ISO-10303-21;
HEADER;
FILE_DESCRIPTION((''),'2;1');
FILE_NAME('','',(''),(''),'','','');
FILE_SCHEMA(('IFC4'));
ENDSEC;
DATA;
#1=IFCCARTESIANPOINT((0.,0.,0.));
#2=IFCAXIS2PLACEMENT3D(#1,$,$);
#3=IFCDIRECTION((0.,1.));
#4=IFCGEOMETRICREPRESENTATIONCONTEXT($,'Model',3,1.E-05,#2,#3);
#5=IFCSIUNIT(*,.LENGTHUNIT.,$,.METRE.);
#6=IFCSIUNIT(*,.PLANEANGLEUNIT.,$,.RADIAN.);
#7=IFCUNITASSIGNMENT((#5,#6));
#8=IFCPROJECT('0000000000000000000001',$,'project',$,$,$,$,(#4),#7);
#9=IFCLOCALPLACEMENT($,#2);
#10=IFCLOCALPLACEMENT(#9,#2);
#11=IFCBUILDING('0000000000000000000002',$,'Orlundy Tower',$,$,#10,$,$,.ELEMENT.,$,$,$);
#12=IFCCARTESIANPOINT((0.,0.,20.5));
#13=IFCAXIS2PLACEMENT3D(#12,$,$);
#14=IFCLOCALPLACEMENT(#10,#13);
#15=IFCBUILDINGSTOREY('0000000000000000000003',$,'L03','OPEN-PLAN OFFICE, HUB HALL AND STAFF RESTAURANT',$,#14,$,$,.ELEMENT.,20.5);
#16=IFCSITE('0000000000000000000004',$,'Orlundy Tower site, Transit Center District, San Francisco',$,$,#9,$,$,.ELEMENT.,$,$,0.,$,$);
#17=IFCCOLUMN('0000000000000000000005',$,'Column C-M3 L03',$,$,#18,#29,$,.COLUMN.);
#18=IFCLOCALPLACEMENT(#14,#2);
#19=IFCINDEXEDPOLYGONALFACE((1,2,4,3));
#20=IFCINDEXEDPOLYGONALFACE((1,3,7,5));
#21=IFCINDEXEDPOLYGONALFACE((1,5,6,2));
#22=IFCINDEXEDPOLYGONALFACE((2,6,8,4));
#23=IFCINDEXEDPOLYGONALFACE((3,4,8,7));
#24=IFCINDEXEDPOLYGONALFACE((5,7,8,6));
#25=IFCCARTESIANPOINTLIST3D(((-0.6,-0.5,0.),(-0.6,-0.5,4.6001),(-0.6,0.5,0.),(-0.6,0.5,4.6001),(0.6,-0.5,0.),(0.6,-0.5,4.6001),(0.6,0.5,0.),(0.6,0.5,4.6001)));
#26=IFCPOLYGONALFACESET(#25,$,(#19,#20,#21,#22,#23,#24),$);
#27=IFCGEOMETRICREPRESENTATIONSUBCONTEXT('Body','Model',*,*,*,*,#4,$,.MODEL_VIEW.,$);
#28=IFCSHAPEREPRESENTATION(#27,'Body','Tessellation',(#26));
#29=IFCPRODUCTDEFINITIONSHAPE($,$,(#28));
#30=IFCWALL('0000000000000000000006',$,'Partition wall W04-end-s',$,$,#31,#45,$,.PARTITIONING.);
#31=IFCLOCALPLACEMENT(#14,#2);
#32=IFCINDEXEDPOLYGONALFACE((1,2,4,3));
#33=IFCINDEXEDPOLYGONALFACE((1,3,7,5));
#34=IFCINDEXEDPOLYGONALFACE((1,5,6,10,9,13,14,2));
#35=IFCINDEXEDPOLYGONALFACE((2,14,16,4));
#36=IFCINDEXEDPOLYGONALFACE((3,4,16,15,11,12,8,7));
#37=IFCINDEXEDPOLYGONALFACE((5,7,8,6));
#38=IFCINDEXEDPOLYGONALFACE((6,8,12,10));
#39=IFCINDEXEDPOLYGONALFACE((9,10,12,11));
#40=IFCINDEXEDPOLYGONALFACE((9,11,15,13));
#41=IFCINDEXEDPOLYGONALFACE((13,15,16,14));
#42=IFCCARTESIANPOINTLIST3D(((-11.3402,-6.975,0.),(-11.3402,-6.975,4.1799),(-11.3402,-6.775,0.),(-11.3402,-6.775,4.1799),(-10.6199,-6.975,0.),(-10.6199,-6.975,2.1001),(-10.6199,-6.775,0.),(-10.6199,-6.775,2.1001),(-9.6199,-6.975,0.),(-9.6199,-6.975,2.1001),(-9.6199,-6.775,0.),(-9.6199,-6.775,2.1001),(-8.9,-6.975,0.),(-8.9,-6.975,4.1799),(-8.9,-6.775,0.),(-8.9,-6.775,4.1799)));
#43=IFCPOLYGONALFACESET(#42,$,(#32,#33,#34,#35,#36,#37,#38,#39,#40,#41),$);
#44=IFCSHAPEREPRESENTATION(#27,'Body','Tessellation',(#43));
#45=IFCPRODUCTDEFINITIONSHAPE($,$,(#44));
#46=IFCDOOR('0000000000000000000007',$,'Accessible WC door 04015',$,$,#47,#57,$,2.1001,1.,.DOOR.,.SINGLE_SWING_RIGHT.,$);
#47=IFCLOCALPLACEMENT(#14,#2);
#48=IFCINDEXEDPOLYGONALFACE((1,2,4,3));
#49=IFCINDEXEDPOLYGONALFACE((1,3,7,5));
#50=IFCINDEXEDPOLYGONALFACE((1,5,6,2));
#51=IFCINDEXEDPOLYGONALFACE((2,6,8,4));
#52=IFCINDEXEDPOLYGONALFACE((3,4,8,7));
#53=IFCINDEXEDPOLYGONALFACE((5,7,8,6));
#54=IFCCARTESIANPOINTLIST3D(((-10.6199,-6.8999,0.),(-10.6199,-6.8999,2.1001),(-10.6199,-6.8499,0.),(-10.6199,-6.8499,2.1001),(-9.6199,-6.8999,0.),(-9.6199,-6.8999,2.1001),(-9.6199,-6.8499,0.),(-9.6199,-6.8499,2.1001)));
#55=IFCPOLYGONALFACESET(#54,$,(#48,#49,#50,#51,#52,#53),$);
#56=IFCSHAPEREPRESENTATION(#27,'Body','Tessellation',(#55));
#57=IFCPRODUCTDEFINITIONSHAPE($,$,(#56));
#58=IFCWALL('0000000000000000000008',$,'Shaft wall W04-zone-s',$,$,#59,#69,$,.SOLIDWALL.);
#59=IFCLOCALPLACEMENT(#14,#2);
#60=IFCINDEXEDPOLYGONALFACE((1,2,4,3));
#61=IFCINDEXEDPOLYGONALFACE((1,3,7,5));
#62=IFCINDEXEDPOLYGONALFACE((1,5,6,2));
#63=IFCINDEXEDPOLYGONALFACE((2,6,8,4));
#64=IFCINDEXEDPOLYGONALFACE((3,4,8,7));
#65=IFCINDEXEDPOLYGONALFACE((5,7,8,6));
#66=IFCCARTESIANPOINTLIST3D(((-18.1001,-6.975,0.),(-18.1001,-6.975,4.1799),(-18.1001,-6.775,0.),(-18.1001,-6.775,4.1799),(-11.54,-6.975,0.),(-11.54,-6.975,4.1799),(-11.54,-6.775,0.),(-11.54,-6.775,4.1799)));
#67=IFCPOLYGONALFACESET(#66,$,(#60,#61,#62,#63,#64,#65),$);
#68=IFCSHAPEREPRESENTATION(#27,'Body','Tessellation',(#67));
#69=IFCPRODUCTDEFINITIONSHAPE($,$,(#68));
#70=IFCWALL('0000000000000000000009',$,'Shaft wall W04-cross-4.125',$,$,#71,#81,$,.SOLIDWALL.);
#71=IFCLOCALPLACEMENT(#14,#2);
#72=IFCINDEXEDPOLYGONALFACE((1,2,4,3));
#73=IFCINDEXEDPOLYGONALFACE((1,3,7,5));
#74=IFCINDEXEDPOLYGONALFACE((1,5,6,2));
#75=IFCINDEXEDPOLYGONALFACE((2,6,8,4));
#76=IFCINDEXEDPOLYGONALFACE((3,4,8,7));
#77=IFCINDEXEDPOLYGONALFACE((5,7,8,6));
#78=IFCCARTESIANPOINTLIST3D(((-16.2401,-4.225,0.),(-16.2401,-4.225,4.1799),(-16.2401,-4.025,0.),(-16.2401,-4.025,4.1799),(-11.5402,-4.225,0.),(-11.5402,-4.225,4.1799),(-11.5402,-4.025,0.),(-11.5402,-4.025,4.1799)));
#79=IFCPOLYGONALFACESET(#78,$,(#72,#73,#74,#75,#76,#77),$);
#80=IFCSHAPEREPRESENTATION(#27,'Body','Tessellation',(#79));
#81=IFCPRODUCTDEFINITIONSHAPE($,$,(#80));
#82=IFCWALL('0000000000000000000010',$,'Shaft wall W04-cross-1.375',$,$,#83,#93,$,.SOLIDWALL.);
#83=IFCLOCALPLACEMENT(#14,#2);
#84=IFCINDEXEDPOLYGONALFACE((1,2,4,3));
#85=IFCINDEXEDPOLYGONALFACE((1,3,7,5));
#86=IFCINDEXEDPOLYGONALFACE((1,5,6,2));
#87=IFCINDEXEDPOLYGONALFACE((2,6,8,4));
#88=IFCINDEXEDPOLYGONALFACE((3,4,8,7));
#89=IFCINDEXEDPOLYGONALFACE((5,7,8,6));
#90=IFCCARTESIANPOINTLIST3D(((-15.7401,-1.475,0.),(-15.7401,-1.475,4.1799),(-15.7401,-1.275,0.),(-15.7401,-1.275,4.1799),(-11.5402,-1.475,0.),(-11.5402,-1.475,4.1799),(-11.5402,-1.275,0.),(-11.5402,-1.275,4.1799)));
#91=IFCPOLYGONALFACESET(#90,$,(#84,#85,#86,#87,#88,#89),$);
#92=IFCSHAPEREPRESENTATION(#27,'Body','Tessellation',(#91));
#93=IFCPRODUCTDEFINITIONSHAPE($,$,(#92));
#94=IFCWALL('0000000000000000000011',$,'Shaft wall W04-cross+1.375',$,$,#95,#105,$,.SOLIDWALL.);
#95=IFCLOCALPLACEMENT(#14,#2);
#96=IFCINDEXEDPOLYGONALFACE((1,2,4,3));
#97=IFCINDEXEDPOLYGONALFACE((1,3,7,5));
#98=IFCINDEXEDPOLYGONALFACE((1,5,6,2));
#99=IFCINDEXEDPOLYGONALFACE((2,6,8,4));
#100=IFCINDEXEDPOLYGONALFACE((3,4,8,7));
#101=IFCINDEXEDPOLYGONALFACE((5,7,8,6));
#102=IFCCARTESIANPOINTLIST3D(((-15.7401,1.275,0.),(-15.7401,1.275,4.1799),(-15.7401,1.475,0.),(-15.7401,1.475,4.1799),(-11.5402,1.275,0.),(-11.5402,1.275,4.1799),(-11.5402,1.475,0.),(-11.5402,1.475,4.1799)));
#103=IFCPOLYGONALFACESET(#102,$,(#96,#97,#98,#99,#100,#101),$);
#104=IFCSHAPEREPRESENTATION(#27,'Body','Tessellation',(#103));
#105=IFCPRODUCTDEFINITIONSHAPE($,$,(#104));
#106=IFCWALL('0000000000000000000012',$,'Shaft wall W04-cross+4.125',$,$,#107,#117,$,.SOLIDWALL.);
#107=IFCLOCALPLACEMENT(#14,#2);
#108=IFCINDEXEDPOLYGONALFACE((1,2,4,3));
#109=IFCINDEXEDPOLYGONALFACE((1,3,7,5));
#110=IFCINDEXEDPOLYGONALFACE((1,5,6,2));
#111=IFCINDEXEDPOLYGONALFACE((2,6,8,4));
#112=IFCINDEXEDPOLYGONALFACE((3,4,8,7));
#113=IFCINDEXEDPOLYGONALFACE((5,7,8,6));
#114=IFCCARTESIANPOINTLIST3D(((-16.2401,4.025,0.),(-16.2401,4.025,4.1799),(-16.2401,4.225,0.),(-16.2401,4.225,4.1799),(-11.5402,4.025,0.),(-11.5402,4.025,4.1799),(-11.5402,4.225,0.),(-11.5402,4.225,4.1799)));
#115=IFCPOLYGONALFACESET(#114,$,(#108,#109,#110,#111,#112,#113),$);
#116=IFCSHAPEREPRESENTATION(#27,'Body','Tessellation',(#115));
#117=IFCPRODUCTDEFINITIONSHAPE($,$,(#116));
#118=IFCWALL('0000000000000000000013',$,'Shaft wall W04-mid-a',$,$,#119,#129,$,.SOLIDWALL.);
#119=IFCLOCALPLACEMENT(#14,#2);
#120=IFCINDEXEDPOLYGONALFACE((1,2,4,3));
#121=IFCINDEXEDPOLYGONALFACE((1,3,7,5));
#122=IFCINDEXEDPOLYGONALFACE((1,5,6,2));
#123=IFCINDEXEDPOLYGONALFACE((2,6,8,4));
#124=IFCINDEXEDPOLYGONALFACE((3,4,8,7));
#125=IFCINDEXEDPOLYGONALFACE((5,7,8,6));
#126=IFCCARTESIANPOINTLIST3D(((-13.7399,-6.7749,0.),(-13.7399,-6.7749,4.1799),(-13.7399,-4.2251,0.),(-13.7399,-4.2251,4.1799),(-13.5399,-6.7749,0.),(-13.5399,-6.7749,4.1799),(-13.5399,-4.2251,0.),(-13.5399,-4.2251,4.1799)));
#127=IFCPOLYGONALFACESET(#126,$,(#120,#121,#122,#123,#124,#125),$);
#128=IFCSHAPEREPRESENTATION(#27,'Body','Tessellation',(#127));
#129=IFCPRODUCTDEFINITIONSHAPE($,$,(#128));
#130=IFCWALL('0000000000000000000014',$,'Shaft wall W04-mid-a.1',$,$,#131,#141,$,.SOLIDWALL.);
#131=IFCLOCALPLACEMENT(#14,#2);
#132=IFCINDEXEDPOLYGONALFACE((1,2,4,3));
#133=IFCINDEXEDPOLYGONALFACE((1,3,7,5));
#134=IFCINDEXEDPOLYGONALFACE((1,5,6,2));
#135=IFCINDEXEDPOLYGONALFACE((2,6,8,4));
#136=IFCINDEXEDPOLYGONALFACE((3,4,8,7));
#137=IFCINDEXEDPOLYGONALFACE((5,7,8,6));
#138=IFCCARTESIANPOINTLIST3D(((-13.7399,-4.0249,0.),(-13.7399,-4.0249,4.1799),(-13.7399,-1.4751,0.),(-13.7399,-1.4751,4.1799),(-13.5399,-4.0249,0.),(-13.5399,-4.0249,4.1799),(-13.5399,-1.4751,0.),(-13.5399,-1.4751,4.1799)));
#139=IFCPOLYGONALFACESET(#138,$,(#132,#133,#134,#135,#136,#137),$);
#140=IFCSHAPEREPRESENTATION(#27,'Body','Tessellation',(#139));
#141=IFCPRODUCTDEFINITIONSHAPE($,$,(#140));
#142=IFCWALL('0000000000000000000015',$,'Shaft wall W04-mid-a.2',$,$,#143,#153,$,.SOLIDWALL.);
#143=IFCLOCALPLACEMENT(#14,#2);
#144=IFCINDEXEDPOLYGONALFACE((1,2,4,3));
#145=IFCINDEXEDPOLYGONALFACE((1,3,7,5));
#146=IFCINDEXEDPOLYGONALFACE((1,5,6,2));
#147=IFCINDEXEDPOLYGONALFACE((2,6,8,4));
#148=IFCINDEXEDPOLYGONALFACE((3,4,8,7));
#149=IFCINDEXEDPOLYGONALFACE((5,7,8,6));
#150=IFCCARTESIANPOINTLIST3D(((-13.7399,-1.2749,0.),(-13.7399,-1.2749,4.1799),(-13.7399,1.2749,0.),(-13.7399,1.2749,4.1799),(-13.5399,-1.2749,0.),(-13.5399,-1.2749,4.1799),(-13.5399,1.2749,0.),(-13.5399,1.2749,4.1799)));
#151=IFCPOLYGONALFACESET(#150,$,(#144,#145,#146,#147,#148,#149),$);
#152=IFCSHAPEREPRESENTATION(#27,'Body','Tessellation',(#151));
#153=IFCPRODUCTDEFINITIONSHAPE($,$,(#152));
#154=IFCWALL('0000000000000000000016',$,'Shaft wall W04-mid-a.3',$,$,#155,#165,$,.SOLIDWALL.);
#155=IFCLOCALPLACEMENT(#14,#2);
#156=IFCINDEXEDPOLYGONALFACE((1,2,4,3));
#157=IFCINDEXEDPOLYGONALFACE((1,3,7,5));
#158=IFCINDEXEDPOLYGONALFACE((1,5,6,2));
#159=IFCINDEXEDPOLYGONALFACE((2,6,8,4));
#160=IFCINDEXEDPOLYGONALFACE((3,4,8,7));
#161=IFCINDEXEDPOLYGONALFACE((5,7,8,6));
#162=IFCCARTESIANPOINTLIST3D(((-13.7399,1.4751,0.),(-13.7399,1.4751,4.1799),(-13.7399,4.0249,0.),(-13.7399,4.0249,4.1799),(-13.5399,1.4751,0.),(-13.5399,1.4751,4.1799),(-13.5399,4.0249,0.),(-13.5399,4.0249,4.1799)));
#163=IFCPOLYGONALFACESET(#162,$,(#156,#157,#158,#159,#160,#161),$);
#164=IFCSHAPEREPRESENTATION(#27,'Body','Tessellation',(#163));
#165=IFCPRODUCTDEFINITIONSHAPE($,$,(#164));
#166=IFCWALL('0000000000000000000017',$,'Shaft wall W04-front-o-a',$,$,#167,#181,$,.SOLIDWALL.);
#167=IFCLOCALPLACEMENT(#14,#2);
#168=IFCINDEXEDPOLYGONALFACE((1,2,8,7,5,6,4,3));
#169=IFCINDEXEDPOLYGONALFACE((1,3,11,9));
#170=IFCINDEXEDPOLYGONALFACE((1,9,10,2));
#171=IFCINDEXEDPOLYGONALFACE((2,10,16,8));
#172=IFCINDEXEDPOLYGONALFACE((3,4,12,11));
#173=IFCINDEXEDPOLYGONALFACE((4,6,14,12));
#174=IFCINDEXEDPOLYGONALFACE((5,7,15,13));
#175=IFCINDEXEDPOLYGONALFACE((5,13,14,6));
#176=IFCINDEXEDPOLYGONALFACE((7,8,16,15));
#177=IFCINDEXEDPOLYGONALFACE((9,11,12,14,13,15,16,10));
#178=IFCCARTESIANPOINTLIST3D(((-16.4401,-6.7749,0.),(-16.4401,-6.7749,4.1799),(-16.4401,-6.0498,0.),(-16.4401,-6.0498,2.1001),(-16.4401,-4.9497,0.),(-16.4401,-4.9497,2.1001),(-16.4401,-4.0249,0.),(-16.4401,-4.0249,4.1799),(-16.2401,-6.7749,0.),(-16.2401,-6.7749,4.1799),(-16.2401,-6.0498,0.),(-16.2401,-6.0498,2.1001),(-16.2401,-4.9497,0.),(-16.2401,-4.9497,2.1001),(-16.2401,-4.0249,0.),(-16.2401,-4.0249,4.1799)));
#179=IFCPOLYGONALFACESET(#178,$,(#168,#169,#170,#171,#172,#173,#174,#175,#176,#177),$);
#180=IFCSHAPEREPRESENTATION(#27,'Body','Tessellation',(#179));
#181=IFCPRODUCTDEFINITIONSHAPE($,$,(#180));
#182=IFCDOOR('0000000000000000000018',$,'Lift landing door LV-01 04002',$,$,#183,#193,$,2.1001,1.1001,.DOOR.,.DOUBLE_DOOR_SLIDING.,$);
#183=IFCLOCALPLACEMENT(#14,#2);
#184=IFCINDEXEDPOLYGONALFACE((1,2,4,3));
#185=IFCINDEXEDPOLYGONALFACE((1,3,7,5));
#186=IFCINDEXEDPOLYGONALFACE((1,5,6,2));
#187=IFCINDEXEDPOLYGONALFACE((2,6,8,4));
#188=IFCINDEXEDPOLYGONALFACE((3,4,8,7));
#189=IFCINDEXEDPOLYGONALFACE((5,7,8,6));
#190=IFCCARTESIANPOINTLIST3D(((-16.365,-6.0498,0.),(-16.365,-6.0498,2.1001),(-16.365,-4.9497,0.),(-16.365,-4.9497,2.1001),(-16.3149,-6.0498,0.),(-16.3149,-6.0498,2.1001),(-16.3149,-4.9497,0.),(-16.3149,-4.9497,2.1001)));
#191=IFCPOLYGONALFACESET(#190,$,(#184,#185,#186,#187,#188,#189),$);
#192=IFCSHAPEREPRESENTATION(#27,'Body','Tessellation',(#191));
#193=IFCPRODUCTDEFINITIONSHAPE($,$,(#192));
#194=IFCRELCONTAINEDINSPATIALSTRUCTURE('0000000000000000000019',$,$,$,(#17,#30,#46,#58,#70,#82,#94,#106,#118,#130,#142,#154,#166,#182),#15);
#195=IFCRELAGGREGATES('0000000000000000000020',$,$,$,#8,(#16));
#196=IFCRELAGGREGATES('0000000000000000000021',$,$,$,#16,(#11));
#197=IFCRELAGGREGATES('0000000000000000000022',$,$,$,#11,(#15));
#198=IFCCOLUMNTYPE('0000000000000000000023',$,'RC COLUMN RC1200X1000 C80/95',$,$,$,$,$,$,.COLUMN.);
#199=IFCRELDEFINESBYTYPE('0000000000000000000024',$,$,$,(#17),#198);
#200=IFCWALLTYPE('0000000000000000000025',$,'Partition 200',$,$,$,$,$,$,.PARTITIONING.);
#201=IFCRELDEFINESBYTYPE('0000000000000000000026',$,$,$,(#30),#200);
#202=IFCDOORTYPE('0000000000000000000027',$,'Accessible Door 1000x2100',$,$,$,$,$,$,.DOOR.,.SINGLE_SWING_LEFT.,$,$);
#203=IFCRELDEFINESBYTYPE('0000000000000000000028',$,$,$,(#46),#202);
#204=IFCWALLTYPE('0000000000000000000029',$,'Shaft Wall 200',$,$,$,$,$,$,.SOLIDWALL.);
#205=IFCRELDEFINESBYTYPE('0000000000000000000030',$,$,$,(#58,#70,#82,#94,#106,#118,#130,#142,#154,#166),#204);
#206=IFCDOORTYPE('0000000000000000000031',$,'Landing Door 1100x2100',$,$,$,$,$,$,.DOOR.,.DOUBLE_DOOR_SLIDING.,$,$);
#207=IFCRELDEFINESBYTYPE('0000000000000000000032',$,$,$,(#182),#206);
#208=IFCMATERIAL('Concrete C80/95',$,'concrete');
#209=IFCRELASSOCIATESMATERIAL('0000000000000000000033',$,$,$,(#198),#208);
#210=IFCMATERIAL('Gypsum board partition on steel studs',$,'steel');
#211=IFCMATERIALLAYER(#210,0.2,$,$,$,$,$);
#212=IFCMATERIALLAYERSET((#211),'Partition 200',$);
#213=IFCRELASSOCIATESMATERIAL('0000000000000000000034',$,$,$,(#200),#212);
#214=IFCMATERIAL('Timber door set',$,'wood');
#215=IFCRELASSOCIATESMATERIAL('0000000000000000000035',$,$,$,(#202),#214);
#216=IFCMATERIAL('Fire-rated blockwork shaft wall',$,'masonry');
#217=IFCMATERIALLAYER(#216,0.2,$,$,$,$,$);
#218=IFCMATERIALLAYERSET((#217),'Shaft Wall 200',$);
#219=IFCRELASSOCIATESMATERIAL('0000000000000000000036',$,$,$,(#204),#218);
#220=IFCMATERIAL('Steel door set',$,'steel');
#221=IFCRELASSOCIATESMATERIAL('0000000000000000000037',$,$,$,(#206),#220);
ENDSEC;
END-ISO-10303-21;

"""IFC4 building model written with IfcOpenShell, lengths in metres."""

from ifc_helpers import new_model, si_unit, direction, frame, frame_2d, origin, origin_with_axes, origin_2d, place, context, subcontext, project, spatial, rectangle, extrude, material, layer, layer_set, material_profile, profile_set, type_object, element, fill, save


model = new_model("IFC4")

# Units and contexts
model_context = context("Model", 3, precision=1e-05, world=origin(), true_north=direction((0.0, 1.0)))
body_context = subcontext(model_context, "Body", "Model", "MODEL_VIEW")
ifc_project = project(units=[si_unit("LENGTHUNIT", "METRE"), si_unit("PLANEANGLEUNIT", "RADIAN")], contexts=[model_context])

# Site, building, storey
site_placement = place(None, origin())
site = spatial("IfcSite", under=ifc_project, at=site_placement, Name="Orlundy Tower site, Transit Center District, San Francisco", CompositionType="ELEMENT", RefElevation=0.0)
building_placement = place(site_placement, origin())
building = spatial("IfcBuilding", under=site, at=building_placement, Name="Orlundy Tower", CompositionType="ELEMENT")
storey_placement = place(building_placement, frame((0.0, 0.0, 20.5)))
storey = spatial("IfcBuildingStorey", under=building, at=storey_placement, Name="L03", Description="OPEN-PLAN OFFICE, HUB HALL AND STAFF RESTAURANT", CompositionType="ELEMENT", Elevation=20.5)

# Column
ifc_material_1 = material(Name="Concrete C80/95", Category="concrete")
ifc_material_profile = material_profile(ifc_material_1, rectangle(XDim=1.2, YDim=1.0, at=origin_2d()), Name="RC1200X1000")
ifc_profile_set = profile_set([ifc_material_profile], Name="Concrete C80/95")
column_type = type_object("IfcColumnType", Name="RC COLUMN RC1200X1000 C80/95", PredefinedType="COLUMN", material=ifc_profile_set)
column_placement = place(storey_placement, origin_with_axes())
element("IfcColumn", 1, at=column_placement, inside=storey, type_object=column_type, Name="Column C-M3 L03", PredefinedType="COLUMN", context=body_context, shape_type="SweptSolid", body=[
    extrude(rectangle(XDim=1.2, YDim=1.0, at=origin_2d()), origin(), (0.0, 0.0, 1.0), 4.6001),
])

# Wall, opening, door
ifc_material_2 = material(Name="Gypsum board partition on steel studs", Category="steel")
ifc_layer_1 = layer(ifc_material_2, 0.2)
ifc_layer_set_1 = layer_set([ifc_layer_1], Name="Partition 200")
wall_type_1 = type_object("IfcWallType", Name="Partition 200", PredefinedType="PARTITIONING", material=ifc_layer_set_1)
wall_1_placement = place(storey_placement, frame((-8.8999, -6.875, 0.0), z_axis=(0.0, 0.0, 1.0), x_axis=(-1.0, 0.0, 0.0)))
wall_1 = element("IfcWall", 2, at=wall_1_placement, inside=storey, type_object=wall_type_1, Name="Partition wall W04-end-s", PredefinedType="PARTITIONING", context=body_context, shape_type="SweptSolid", body=[
    extrude(rectangle(XDim=2.4402, YDim=0.2, at=frame_2d((1.2202, 0.0))), origin(), (0.0, 0.0, 1.0), 4.1799),
])
opening_1_placement = place(wall_1_placement, frame((0.72, 0.0, 0.0)))
opening_1 = element("IfcOpeningElement", 3, at=opening_1_placement, cuts=wall_1, PredefinedType="OPENING", context=body_context, shape_type="SweptSolid", body=[
    extrude(rectangle(XDim=1.0, YDim=2.1001, at=frame_2d((0.5, 1.05))), frame((0.0, 0.1101, 0.0), z_axis=(0.0, -1.0, 0.0), x_axis=(1.0, 0.0, 0.0)), (0.0, 0.0, 1.0), 0.2202),
])
ifc_material_3 = material(Name="Timber door set", Category="wood")
door_type_1 = type_object("IfcDoorType", Name="Accessible Door 1000x2100", OperationType="SINGLE_SWING_LEFT", PredefinedType="DOOR", material=ifc_material_3)
door_1_placement = place(opening_1_placement, origin())
door_1 = element("IfcDoor", 4, at=door_1_placement, inside=storey, type_object=door_type_1, Name="Accessible WC door 04015", OperationType="SINGLE_SWING_RIGHT", OverallHeight=2.1001, OverallWidth=1.0, PredefinedType="DOOR", context=body_context, shape_type="SweptSolid", body=[
    extrude(rectangle(XDim=1.0, YDim=2.1001, at=frame_2d((0.5, 1.05))), frame((0.0, 0.0249, 0.0), z_axis=(0.0, -1.0, 0.0), x_axis=(1.0, 0.0, 0.0)), (0.0, 0.0, 1.0), 0.05),
])
fill(opening_1, door_1)

# Walls
ifc_material_4 = material(Name="Fire-rated blockwork shaft wall", Category="masonry")
ifc_layer_2 = layer(ifc_material_4, 0.2)
ifc_layer_set_2 = layer_set([ifc_layer_2], Name="Shaft Wall 200")
wall_type_2 = type_object("IfcWallType", Name="Shaft Wall 200", PredefinedType="SOLIDWALL", material=ifc_layer_set_2)
wall_2_placement = place(storey_placement, frame((-11.54, -6.875, 0.0), z_axis=(0.0, 0.0, 1.0), x_axis=(-1.0, 0.0, 0.0)))
element("IfcWall", 5, at=wall_2_placement, inside=storey, type_object=wall_type_2, Name="Shaft wall W04-zone-s", PredefinedType="SOLIDWALL", context=body_context, shape_type="SweptSolid", body=[
    extrude(rectangle(XDim=6.5601, YDim=0.2, at=frame_2d((3.28, 0.0))), origin(), (0.0, 0.0, 1.0), 4.1799),
])
wall_3_placement = place(storey_placement, frame((-11.54, -4.125, 0.0), z_axis=(0.0, 0.0, 1.0), x_axis=(-1.0, 0.0, 0.0)))
element("IfcWall", 6, at=wall_3_placement, inside=storey, type_object=wall_type_2, Name="Shaft wall W04-cross-4.125", PredefinedType="SOLIDWALL", context=body_context, shape_type="SweptSolid", body=[
    extrude(rectangle(XDim=4.7, YDim=0.2, at=frame_2d((2.3501, 0.0))), origin(), (0.0, 0.0, 1.0), 4.1799),
])
for number, where, z_axis, x_axis, name in (
    (7, (-11.54, -1.375, 0.0), (0.0, 0.0, 1.0), (-1.0, 0.0, 0.0), "Shaft wall W04-cross-1.375"),
    (8, (-11.54, 1.375, 0.0), (0.0, 0.0, 1.0), (-1.0, 0.0, 0.0), "Shaft wall W04-cross+1.375"),
):
    element("IfcWall", number, at=place(storey_placement, frame(where, z_axis=z_axis, x_axis=x_axis)), inside=storey, type_object=wall_type_2, Name=name, PredefinedType="SOLIDWALL", context=body_context, shape_type="SweptSolid", body=[
        extrude(rectangle(XDim=4.2, YDim=0.2, at=frame_2d((2.1001, 0.0))), origin(), (0.0, 0.0, 1.0), 4.1799),
    ])
wall_4_placement = place(storey_placement, frame((-11.54, 4.125, 0.0), z_axis=(0.0, 0.0, 1.0), x_axis=(-1.0, 0.0, 0.0)))
element("IfcWall", 9, at=wall_4_placement, inside=storey, type_object=wall_type_2, Name="Shaft wall W04-cross+4.125", PredefinedType="SOLIDWALL", context=body_context, shape_type="SweptSolid", body=[
    extrude(rectangle(XDim=4.7, YDim=0.2, at=frame_2d((2.3501, 0.0))), origin(), (0.0, 0.0, 1.0), 4.1799),
])
for number, where, z_axis, x_axis, name in (
    (10, (-13.6399, -6.7749, 0.0), (0.0, 0.0, 1.0), (0.0, 1.0, 0.0), "Shaft wall W04-mid-a"),
    (11, (-13.6399, -4.0249, 0.0), (0.0, 0.0, 1.0), (0.0, 1.0, 0.0), "Shaft wall W04-mid-a.1"),
    (12, (-13.6399, -1.2749, 0.0), (0.0, 0.0, 1.0), (0.0, 1.0, 0.0), "Shaft wall W04-mid-a.2"),
    (13, (-13.6399, 1.4751, 0.0), (0.0, 0.0, 1.0), (0.0, 1.0, 0.0), "Shaft wall W04-mid-a.3"),
):
    element("IfcWall", number, at=place(storey_placement, frame(where, z_axis=z_axis, x_axis=x_axis)), inside=storey, type_object=wall_type_2, Name=name, PredefinedType="SOLIDWALL", context=body_context, shape_type="SweptSolid", body=[
        extrude(rectangle(XDim=2.5498, YDim=0.2, at=frame_2d((1.2749, 0.0))), origin(), (0.0, 0.0, 1.0), 4.1799),
    ])

# Wall, opening, door
wall_5_placement = place(storey_placement, frame((-16.3401, -6.7749, 0.0), z_axis=(0.0, 0.0, 1.0), x_axis=(0.0, 1.0, 0.0)))
wall_5 = element("IfcWall", 14, at=wall_5_placement, inside=storey, type_object=wall_type_2, Name="Shaft wall W04-front-o-a", PredefinedType="SOLIDWALL", context=body_context, shape_type="SweptSolid", body=[
    extrude(rectangle(XDim=2.75, YDim=0.2, at=frame_2d((1.375, 0.0))), origin(), (0.0, 0.0, 1.0), 4.1799),
])
opening_2_placement = place(wall_5_placement, frame((0.7251, 0.0, 0.0)))
opening_2 = element("IfcOpeningElement", 15, at=opening_2_placement, cuts=wall_5, PredefinedType="OPENING", context=body_context, shape_type="SweptSolid", body=[
    extrude(rectangle(XDim=1.1001, YDim=2.1001, at=frame_2d((0.55, 1.05))), frame((0.0, 0.1101, 0.0), z_axis=(0.0, -1.0, 0.0), x_axis=(1.0, 0.0, 0.0)), (0.0, 0.0, 1.0), 0.2202),
])
ifc_material_5 = material(Name="Steel door set", Category="steel")
door_type_2 = type_object("IfcDoorType", Name="Landing Door 1100x2100", OperationType="DOUBLE_DOOR_SLIDING", PredefinedType="DOOR", material=ifc_material_5)
door_2_placement = place(opening_2_placement, origin())
door_2 = element("IfcDoor", 16, at=door_2_placement, inside=storey, type_object=door_type_2, Name="Lift landing door LV-01 04002", OperationType="DOUBLE_DOOR_SLIDING", OverallHeight=2.1001, OverallWidth=1.1001, PredefinedType="DOOR", context=body_context, shape_type="SweptSolid", body=[
    extrude(rectangle(XDim=1.1001, YDim=2.1001, at=frame_2d((0.55, 1.05))), frame((0.0, 0.0249, 0.0), z_axis=(0.0, -1.0, 0.0), x_axis=(1.0, 0.0, 0.0)), (0.0, 0.0, 1.0), 0.05),
])
fill(opening_2, door_2)

save(model, "model.ifc")
